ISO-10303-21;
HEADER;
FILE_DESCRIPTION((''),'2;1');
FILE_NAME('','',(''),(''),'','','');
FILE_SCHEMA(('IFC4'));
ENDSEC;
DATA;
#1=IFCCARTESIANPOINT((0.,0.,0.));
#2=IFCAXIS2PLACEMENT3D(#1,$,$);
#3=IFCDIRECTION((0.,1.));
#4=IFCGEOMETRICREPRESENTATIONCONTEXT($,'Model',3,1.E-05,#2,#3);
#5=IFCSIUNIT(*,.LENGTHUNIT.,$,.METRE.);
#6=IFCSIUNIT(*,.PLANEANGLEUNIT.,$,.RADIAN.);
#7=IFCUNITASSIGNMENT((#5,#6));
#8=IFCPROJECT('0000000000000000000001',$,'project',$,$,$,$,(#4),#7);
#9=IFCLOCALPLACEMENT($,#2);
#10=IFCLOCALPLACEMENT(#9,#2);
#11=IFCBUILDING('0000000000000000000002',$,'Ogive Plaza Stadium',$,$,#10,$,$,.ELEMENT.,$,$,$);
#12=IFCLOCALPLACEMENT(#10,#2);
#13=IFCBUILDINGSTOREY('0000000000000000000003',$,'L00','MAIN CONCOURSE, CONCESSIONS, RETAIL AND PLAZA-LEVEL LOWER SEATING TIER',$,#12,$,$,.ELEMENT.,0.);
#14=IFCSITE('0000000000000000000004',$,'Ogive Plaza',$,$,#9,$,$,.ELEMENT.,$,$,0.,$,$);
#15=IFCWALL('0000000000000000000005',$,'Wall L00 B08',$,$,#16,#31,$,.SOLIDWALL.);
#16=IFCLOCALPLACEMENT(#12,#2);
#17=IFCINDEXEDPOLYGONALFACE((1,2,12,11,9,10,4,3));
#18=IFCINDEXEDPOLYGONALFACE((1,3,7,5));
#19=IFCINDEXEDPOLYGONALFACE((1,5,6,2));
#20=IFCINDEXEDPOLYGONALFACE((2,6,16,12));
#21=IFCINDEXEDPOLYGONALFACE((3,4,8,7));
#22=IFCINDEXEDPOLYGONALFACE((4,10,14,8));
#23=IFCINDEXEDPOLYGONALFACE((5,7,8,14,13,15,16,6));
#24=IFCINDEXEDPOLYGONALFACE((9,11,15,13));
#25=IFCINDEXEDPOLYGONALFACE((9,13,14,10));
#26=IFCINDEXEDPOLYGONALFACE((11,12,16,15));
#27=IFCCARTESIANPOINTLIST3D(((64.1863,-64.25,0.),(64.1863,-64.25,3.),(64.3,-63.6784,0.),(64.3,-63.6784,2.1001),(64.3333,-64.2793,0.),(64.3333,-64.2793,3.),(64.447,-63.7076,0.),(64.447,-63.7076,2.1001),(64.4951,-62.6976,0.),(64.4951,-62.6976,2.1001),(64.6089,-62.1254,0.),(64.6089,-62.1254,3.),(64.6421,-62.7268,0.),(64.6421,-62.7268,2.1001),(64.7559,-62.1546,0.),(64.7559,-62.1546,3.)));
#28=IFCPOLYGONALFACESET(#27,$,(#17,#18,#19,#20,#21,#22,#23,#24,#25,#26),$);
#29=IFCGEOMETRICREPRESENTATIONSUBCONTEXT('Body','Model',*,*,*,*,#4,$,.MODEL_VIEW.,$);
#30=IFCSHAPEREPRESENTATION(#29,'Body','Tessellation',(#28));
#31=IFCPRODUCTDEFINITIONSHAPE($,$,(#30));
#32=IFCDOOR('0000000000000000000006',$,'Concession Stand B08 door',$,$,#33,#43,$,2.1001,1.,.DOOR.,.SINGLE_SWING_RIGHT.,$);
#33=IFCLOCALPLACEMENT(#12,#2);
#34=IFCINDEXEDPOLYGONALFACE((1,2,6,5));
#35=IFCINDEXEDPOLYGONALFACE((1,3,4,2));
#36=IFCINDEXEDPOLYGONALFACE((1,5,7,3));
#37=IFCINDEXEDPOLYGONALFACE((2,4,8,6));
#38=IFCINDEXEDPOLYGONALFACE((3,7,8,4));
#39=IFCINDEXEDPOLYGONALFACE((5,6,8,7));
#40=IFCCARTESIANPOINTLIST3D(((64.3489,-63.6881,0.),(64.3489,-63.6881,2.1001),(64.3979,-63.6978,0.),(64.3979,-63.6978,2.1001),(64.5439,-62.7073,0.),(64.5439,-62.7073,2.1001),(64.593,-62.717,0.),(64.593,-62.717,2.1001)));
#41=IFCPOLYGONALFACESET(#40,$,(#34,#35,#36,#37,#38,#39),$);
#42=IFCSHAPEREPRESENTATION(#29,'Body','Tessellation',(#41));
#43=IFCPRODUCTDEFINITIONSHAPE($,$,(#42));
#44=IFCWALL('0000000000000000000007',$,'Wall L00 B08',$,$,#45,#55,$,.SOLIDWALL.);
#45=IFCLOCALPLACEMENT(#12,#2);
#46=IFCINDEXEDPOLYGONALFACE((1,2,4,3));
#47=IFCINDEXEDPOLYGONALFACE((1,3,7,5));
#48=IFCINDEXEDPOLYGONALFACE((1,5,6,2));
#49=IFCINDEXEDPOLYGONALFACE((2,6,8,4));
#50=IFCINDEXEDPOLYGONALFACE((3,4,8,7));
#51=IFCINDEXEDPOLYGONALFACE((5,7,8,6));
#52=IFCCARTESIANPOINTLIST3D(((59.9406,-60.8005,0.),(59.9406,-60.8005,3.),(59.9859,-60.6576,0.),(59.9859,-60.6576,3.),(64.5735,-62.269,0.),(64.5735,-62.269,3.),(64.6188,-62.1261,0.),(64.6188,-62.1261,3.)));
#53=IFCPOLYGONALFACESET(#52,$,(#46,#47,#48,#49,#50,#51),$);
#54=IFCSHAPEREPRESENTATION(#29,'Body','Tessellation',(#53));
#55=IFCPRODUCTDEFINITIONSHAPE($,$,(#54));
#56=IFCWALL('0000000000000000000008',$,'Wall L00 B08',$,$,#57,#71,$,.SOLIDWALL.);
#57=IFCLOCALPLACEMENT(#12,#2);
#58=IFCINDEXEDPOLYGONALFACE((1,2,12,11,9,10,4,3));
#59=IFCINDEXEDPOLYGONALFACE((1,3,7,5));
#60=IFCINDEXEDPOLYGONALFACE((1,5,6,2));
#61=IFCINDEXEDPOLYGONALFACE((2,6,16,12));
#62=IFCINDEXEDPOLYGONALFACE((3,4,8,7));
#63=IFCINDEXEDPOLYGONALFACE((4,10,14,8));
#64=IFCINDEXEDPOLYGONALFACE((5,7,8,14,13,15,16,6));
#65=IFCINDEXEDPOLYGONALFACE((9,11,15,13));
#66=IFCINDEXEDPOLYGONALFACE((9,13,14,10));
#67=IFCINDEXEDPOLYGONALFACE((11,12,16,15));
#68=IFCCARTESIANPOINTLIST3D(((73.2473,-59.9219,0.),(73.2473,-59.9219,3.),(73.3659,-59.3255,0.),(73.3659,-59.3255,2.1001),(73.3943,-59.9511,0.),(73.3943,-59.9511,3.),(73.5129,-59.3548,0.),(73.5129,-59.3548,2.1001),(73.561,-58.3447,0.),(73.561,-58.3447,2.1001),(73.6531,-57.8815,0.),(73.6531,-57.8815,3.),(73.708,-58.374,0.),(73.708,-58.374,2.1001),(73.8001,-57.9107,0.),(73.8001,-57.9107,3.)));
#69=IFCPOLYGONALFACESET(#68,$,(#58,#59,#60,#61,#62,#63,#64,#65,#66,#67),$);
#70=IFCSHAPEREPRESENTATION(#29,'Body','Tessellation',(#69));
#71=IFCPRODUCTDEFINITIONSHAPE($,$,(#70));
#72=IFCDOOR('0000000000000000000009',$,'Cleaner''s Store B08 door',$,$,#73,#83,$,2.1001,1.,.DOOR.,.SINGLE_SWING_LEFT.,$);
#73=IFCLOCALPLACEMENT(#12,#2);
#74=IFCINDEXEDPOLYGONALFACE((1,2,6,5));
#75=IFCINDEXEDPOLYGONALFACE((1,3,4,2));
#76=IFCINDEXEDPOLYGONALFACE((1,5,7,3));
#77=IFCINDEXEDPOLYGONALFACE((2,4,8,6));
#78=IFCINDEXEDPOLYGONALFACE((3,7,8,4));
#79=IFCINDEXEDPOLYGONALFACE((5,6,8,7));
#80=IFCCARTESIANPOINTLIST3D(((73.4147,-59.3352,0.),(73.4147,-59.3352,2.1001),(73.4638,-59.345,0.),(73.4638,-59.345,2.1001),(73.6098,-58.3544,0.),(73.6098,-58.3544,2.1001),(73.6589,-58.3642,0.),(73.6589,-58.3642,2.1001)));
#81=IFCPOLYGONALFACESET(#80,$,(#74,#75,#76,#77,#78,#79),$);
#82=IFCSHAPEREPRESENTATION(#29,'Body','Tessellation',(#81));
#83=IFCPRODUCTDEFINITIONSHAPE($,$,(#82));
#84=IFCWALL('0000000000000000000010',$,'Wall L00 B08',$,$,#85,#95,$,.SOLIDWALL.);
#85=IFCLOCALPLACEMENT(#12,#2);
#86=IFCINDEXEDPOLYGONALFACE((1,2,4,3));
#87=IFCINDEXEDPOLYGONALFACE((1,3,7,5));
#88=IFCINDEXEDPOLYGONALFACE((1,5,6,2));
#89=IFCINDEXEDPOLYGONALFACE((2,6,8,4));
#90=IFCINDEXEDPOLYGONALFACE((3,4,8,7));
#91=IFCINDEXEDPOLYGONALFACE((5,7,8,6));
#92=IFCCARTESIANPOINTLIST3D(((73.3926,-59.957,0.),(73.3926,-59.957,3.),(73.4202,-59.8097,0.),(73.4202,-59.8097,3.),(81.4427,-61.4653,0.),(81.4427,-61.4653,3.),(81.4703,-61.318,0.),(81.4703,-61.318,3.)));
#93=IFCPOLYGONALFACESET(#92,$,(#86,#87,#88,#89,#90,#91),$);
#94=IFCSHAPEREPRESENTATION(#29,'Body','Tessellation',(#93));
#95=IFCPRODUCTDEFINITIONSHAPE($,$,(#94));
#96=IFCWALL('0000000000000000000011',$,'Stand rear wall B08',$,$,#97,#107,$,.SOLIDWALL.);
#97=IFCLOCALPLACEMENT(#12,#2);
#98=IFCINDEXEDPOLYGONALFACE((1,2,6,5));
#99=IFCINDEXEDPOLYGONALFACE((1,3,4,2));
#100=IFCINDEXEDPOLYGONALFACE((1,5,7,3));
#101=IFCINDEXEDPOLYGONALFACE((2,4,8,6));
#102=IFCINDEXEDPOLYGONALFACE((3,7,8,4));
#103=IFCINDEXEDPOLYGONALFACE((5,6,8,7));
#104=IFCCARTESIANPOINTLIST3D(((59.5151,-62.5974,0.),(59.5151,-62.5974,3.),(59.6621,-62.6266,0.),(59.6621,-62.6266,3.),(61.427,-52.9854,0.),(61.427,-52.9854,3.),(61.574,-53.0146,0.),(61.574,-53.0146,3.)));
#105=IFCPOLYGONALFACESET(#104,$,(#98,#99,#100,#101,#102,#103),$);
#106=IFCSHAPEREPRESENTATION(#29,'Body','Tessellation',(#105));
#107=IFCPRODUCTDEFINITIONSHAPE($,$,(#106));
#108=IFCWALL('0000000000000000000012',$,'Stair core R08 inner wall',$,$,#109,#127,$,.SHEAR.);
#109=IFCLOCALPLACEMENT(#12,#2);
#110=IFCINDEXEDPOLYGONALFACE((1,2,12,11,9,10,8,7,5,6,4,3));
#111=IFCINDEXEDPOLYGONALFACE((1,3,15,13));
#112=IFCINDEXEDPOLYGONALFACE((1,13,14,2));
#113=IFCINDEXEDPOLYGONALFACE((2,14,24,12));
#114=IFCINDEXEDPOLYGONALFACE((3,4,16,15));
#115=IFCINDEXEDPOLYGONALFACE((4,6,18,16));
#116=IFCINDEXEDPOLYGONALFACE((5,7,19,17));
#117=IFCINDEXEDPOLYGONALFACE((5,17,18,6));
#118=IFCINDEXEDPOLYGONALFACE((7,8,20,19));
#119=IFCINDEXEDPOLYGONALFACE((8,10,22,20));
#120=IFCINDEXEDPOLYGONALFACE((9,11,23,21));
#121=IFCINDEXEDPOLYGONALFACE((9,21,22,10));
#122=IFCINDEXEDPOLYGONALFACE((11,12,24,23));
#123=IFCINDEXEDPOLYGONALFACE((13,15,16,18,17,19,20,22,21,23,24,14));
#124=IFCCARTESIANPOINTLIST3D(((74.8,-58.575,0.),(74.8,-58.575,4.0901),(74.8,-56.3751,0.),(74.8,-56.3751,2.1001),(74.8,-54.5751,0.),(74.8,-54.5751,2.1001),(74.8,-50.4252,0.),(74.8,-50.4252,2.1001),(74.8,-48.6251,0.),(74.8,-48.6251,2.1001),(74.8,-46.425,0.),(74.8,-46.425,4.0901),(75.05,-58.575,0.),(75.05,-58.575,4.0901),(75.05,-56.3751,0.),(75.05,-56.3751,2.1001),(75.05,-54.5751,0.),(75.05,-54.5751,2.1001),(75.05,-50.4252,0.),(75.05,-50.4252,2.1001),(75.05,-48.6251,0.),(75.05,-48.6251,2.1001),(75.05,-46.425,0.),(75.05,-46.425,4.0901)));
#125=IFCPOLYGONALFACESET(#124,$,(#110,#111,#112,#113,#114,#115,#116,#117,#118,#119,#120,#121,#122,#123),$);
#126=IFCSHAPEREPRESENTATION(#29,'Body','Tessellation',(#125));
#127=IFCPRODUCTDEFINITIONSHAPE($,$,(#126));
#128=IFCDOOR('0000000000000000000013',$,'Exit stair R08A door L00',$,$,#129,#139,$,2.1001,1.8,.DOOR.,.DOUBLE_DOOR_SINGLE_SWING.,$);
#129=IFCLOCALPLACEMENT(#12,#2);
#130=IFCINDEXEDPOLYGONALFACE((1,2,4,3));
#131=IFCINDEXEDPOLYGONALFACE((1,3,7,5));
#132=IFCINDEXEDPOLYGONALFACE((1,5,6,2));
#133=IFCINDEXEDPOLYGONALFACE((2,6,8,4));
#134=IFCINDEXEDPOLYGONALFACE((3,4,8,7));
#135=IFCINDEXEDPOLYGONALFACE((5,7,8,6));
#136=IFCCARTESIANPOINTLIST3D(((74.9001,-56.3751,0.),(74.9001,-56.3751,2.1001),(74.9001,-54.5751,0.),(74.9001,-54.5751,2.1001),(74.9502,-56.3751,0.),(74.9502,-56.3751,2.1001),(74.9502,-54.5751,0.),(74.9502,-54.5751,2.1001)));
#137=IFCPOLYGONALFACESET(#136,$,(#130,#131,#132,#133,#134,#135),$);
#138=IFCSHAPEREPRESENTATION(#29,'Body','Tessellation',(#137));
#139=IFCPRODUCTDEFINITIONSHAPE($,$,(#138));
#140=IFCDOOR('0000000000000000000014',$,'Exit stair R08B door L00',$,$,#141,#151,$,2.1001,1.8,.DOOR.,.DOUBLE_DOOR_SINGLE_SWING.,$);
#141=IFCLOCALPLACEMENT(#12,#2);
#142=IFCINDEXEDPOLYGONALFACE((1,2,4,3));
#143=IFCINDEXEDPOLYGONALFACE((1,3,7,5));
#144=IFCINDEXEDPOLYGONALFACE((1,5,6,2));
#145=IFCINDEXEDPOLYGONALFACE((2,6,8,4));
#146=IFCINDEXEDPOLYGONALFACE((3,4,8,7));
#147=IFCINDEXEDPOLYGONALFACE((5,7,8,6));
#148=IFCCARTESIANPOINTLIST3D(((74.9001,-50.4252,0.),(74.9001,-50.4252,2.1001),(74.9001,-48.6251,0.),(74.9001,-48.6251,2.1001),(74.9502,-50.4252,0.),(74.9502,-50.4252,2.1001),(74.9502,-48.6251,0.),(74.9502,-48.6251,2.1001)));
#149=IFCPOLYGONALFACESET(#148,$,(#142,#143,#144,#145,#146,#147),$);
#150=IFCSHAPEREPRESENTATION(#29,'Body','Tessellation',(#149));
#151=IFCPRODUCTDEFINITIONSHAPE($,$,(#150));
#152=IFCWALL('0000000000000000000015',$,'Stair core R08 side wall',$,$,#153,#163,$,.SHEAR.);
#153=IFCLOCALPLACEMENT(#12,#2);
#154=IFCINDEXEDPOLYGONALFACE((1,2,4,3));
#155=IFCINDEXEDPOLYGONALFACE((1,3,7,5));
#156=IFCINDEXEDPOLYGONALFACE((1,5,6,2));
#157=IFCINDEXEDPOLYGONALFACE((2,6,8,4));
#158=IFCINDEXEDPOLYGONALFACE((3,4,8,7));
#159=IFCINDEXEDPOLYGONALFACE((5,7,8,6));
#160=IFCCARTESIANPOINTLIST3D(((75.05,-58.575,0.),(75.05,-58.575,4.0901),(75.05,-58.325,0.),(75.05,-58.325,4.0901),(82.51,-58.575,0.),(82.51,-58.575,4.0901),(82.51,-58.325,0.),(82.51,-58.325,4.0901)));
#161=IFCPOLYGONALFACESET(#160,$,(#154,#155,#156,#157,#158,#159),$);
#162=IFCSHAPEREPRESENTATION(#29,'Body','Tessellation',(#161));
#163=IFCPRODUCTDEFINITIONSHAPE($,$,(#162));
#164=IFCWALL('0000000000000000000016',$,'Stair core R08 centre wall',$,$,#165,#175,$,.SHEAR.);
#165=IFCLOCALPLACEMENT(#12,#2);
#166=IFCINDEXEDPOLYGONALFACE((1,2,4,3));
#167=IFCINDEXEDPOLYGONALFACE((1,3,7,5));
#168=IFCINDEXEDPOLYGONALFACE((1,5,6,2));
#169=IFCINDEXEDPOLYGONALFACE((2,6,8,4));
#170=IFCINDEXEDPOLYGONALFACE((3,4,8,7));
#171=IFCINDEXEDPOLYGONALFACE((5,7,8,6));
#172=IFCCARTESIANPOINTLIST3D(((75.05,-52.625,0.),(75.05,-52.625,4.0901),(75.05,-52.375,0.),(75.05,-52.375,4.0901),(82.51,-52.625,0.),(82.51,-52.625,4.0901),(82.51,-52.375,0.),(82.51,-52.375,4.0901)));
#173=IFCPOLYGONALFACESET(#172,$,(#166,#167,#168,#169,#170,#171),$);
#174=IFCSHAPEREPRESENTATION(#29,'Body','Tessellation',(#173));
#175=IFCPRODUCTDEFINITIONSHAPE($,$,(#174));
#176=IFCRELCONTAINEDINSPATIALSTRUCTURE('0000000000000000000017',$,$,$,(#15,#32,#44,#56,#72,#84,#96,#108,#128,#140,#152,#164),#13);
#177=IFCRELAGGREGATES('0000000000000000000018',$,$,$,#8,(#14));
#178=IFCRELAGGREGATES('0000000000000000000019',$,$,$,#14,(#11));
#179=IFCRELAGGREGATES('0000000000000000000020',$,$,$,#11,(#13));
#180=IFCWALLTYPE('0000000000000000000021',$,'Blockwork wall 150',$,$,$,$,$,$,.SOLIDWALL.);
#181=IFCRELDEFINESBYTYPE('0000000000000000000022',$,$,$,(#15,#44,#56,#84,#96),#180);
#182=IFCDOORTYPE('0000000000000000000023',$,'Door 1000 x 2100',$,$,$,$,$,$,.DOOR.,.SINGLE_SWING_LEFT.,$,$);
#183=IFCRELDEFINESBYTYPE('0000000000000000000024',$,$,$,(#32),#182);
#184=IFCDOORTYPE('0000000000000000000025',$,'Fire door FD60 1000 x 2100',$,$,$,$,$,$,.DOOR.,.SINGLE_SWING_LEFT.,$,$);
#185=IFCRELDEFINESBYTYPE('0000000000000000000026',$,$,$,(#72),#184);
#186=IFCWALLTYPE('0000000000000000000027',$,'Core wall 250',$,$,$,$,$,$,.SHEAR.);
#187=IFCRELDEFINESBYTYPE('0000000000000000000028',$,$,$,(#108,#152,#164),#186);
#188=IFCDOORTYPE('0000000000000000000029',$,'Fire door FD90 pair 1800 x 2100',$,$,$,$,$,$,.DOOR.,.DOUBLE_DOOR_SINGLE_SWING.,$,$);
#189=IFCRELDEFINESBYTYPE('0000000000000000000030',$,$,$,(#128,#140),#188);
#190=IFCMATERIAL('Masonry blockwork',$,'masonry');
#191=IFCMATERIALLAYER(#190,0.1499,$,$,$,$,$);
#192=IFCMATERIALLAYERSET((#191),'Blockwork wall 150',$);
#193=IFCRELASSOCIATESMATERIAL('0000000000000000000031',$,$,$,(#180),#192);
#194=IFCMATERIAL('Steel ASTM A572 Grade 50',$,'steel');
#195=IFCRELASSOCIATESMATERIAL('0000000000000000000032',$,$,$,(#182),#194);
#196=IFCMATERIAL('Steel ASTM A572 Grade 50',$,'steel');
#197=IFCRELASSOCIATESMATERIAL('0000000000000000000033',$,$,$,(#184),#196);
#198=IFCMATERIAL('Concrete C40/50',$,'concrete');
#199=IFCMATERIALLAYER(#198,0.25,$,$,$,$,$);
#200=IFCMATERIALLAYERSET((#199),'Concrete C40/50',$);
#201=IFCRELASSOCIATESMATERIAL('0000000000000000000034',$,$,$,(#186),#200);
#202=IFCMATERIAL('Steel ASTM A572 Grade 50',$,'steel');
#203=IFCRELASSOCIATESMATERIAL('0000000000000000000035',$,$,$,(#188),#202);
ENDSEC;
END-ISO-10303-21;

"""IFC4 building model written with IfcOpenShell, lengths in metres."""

from ifc_helpers import new_model, si_unit, direction, frame, frame_2d, origin, place, context, subcontext, project, spatial, rectangle, extrude, material, layer, layer_set, type_object, element, fill, save


model = new_model("IFC4")

# Units and contexts
model_context = context("Model", 3, precision=1e-05, world=origin(), true_north=direction((0.0, 1.0)))
body_context = subcontext(model_context, "Body", "Model", "MODEL_VIEW")
ifc_project = project(units=[si_unit("LENGTHUNIT", "METRE"), si_unit("PLANEANGLEUNIT", "RADIAN")], contexts=[model_context])

# Site, building, storey
site_placement = place(None, origin())
site = spatial("IfcSite", under=ifc_project, at=site_placement, Name="Ogive Plaza", CompositionType="ELEMENT", RefElevation=0.0)
building_placement = place(site_placement, origin())
building = spatial("IfcBuilding", under=site, at=building_placement, Name="Ogive Plaza Stadium", CompositionType="ELEMENT")
storey_placement = place(building_placement, origin())
storey = spatial("IfcBuildingStorey", under=building, at=storey_placement, Name="L00", Description="MAIN CONCOURSE, CONCESSIONS, RETAIL AND PLAZA-LEVEL LOWER SEATING TIER", CompositionType="ELEMENT", Elevation=0.0)

# Shared definitions
ifc_material_1 = material(Name="Masonry blockwork", Category="masonry")
ifc_layer_1 = layer(ifc_material_1, 0.1499)
ifc_layer_set_1 = layer_set([ifc_layer_1], Name="Blockwork wall 150")
wall_type_1 = type_object("IfcWallType", Name="Blockwork wall 150", PredefinedType="SOLIDWALL", material=ifc_layer_set_1)
ifc_material_2 = material(Name="Steel ASTM A572 Grade 50", Category="steel")
door_type_1 = type_object("IfcDoorType", Name="Door 1000 x 2100", OperationType="SINGLE_SWING_LEFT", PredefinedType="DOOR", material=ifc_material_2)

# Wall, opening, door
wall_1_placement = place(storey_placement, frame((64.6824, -62.1401, 0.0), z_axis=(0.0, 0.0, 1.0), x_axis=(-0.195076, -0.980788, 0.0)))
wall_1 = element("IfcWall", 1, at=wall_1_placement, inside=storey, type_object=wall_type_1, Name="Wall L00 B08", PredefinedType="SOLIDWALL", context=body_context, shape_type="SweptSolid", body=[
    extrude(rectangle(XDim=2.1663, YDim=0.1499, at=frame_2d((1.083, 0.0))), origin(), (0.0, 0.0, 1.0), 3.0),
])
opening_1_placement = place(wall_1_placement, frame((0.5833, 0.0, 0.0)))
opening_1 = element("IfcOpeningElement", 2, at=opening_1_placement, cuts=wall_1, PredefinedType="OPENING", context=body_context, shape_type="SweptSolid", body=[
    extrude(rectangle(XDim=1.0, YDim=2.1001, at=frame_2d((0.5, 1.05))), frame((0.0, 0.075, 0.0), z_axis=(0.0, -1.0, 0.0), x_axis=(1.0, 0.0, 0.0)), (0.0, 0.0, 1.0), 0.1499),
])
door_1_placement = place(opening_1_placement, origin())
door_1 = element("IfcDoor", 3, at=door_1_placement, inside=storey, type_object=door_type_1, Name="Concession Stand B08 door", OperationType="SINGLE_SWING_RIGHT", OverallHeight=2.1001, OverallWidth=1.0, PredefinedType="DOOR", context=body_context, shape_type="SweptSolid", body=[
    extrude(rectangle(XDim=1.0, YDim=2.1001, at=frame_2d((0.5, 1.05))), frame((0.0, 0.0249, 0.0), z_axis=(0.0, -1.0, 0.0), x_axis=(1.0, 0.0, 0.0)), (0.0, 0.0, 1.0), 0.05),
])
fill(opening_1, door_1)

# Wall
wall_2_placement = place(storey_placement, frame((59.9631, -60.729, 0.0), z_axis=(0.0, 0.0, 1.0), x_axis=(0.953256, -0.302163, 0.0)))
element("IfcWall", 4, at=wall_2_placement, inside=storey, type_object=wall_type_1, Name="Wall L00 B08", PredefinedType="SOLIDWALL", context=body_context, shape_type="SweptSolid", body=[
    extrude(rectangle(XDim=4.8601, YDim=0.1499, at=frame_2d((2.4302, 0.0))), origin(), (0.0, 0.0, 1.0), 3.0),
])

# Wall, opening, door
wall_3_placement = place(storey_placement, frame((73.7266, -57.8962, 0.0), z_axis=(0.0, 0.0, 1.0), x_axis=(-0.195055, -0.980792, 0.0)))
wall_3 = element("IfcWall", 5, at=wall_3_placement, inside=storey, type_object=wall_type_1, Name="Wall L00 B08", PredefinedType="SOLIDWALL", context=body_context, shape_type="SweptSolid", body=[
    extrude(rectangle(XDim=2.0803, YDim=0.1499, at=frame_2d((1.04, 0.0))), origin(), (0.0, 0.0, 1.0), 3.0),
])
opening_2_placement = place(wall_3_placement, frame((0.4722, 0.0, 0.0)))
opening_2 = element("IfcOpeningElement", 6, at=opening_2_placement, cuts=wall_3, PredefinedType="OPENING", context=body_context, shape_type="SweptSolid", body=[
    extrude(rectangle(XDim=1.0, YDim=2.1001, at=frame_2d((0.5, 1.05))), frame((0.0, 0.075, 0.0), z_axis=(0.0, -1.0, 0.0), x_axis=(1.0, 0.0, 0.0)), (0.0, 0.0, 1.0), 0.1499),
])
ifc_material_3 = material(Name="Steel ASTM A572 Grade 50", Category="steel")
door_type_2 = type_object("IfcDoorType", Name="Fire door FD60 1000 x 2100", OperationType="SINGLE_SWING_LEFT", PredefinedType="DOOR", material=ifc_material_3)
door_2_placement = place(opening_2_placement, origin())
door_2 = element("IfcDoor", 7, at=door_2_placement, inside=storey, type_object=door_type_2, Name="Cleaner's Store B08 door", OperationType="SINGLE_SWING_LEFT", OverallHeight=2.1001, OverallWidth=1.0, PredefinedType="DOOR", context=body_context, shape_type="SweptSolid", body=[
    extrude(rectangle(XDim=1.0, YDim=2.1001, at=frame_2d((0.5, 1.05))), frame((0.0, 0.0249, 0.0), z_axis=(0.0, -1.0, 0.0), x_axis=(1.0, 0.0, 0.0)), (0.0, 0.0, 1.0), 0.05),
])
fill(opening_2, door_2)

# Walls
wall_4_placement = place(storey_placement, frame((73.4062, -59.8833, 0.0), z_axis=(0.0, 0.0, 1.0), x_axis=(0.982896, -0.184161, 0.0)))
element("IfcWall", 8, at=wall_4_placement, inside=storey, type_object=wall_type_1, Name="Wall L00 B08", PredefinedType="SOLIDWALL", context=body_context, shape_type="SweptSolid", body=[
    extrude(rectangle(XDim=8.1902, YDim=0.1499, at=frame_2d((4.0952, 0.0))), origin(), (0.0, 0.0, 1.0), 3.0),
])
wall_5_placement = place(storey_placement, frame((61.5005, -53.0, 0.0), z_axis=(0.0, 0.0, 1.0), x_axis=(-0.195081, -0.980787, 0.0)))
element("IfcWall", 9, at=wall_5_placement, inside=storey, type_object=wall_type_1, Name="Stand rear wall B08", PredefinedType="SOLIDWALL", context=body_context, shape_type="SweptSolid", body=[
    extrude(rectangle(XDim=9.8003, YDim=0.1499, at=frame_2d((4.9001, 0.0))), origin(), (0.0, 0.0, 1.0), 3.0),
])

# Wall, openings, doors
ifc_material_4 = material(Name="Concrete C40/50", Category="concrete")
ifc_layer_2 = layer(ifc_material_4, 0.25)
ifc_layer_set_2 = layer_set([ifc_layer_2], Name="Concrete C40/50")
wall_type_2 = type_object("IfcWallType", Name="Core wall 250", PredefinedType="SHEAR", material=ifc_layer_set_2)
wall_6_placement = place(storey_placement, frame((74.925, -58.575, 0.0), z_axis=(0.0, 0.0, 1.0), x_axis=(0.0, 1.0, 0.0)))
wall_6 = element("IfcWall", 10, at=wall_6_placement, inside=storey, type_object=wall_type_2, Name="Stair core R08 inner wall", PredefinedType="SHEAR", context=body_context, shape_type="SweptSolid", body=[
    extrude(rectangle(XDim=12.1499, YDim=0.25, at=frame_2d((6.075, 0.0))), origin(), (0.0, 0.0, 1.0), 4.0901),
])
opening_3_placement = place(wall_6_placement, frame((2.2, 0.0, 0.0)))
opening_3 = element("IfcOpeningElement", 11, at=opening_3_placement, cuts=wall_6, PredefinedType="OPENING", context=body_context, shape_type="SweptSolid", body=[
    extrude(rectangle(XDim=1.8, YDim=2.1001, at=frame_2d((0.8999, 1.05))), frame((0.0, 0.125, 0.0), z_axis=(0.0, -1.0, 0.0), x_axis=(1.0, 0.0, 0.0)), (0.0, 0.0, 1.0), 0.25),
])
opening_4_placement = place(wall_6_placement, frame((8.1499, 0.0, 0.0)))
opening_4 = element("IfcOpeningElement", 12, at=opening_4_placement, cuts=wall_6, PredefinedType="OPENING", context=body_context, shape_type="SweptSolid", body=[
    extrude(rectangle(XDim=1.8, YDim=2.1001, at=frame_2d((0.8999, 1.05))), frame((0.0, 0.125, 0.0), z_axis=(0.0, -1.0, 0.0), x_axis=(1.0, 0.0, 0.0)), (0.0, 0.0, 1.0), 0.25),
])
ifc_material_5 = material(Name="Steel ASTM A572 Grade 50", Category="steel")
door_type_3 = type_object("IfcDoorType", Name="Fire door FD90 pair 1800 x 2100", OperationType="DOUBLE_DOOR_SINGLE_SWING", PredefinedType="DOOR", material=ifc_material_5)
door_3_placement = place(opening_3_placement, origin())
door_3 = element("IfcDoor", 13, at=door_3_placement, inside=storey, type_object=door_type_3, Name="Exit stair R08A door L00", OperationType="DOUBLE_DOOR_SINGLE_SWING", OverallHeight=2.1001, OverallWidth=1.8, PredefinedType="DOOR", context=body_context, shape_type="SweptSolid", body=[
    extrude(rectangle(XDim=1.8, YDim=2.1001, at=frame_2d((0.8999, 1.05))), frame((0.0, 0.0249, 0.0), z_axis=(0.0, -1.0, 0.0), x_axis=(1.0, 0.0, 0.0)), (0.0, 0.0, 1.0), 0.05),
])
fill(opening_3, door_3)
door_4_placement = place(opening_4_placement, origin())
door_4 = element("IfcDoor", 14, at=door_4_placement, inside=storey, type_object=door_type_3, Name="Exit stair R08B door L00", OperationType="DOUBLE_DOOR_SINGLE_SWING", OverallHeight=2.1001, OverallWidth=1.8, PredefinedType="DOOR", context=body_context, shape_type="SweptSolid", body=[
    extrude(rectangle(XDim=1.8, YDim=2.1001, at=frame_2d((0.8999, 1.05))), frame((0.0, 0.0249, 0.0), z_axis=(0.0, -1.0, 0.0), x_axis=(1.0, 0.0, 0.0)), (0.0, 0.0, 1.0), 0.05),
])
fill(opening_4, door_4)

# Walls
for number, where, z_axis, x_axis, name in (
    (15, (75.05, -58.45, 0.0), (0.0, 0.0, 1.0), (1.0, 0.0, 0.0), "Stair core R08 side wall"),
    (16, (75.05, -52.5, 0.0), (0.0, 0.0, 1.0), (1.0, 0.0, 0.0), "Stair core R08 centre wall"),
):
    element("IfcWall", number, at=place(storey_placement, frame(where, z_axis=z_axis, x_axis=x_axis)), inside=storey, type_object=wall_type_2, Name=name, PredefinedType="SHEAR", context=body_context, shape_type="SweptSolid", body=[
        extrude(rectangle(XDim=7.46, YDim=0.25, at=frame_2d((3.73, 0.0))), origin(), (0.0, 0.0, 1.0), 4.0901),
    ])

save(model, "model.ifc")
